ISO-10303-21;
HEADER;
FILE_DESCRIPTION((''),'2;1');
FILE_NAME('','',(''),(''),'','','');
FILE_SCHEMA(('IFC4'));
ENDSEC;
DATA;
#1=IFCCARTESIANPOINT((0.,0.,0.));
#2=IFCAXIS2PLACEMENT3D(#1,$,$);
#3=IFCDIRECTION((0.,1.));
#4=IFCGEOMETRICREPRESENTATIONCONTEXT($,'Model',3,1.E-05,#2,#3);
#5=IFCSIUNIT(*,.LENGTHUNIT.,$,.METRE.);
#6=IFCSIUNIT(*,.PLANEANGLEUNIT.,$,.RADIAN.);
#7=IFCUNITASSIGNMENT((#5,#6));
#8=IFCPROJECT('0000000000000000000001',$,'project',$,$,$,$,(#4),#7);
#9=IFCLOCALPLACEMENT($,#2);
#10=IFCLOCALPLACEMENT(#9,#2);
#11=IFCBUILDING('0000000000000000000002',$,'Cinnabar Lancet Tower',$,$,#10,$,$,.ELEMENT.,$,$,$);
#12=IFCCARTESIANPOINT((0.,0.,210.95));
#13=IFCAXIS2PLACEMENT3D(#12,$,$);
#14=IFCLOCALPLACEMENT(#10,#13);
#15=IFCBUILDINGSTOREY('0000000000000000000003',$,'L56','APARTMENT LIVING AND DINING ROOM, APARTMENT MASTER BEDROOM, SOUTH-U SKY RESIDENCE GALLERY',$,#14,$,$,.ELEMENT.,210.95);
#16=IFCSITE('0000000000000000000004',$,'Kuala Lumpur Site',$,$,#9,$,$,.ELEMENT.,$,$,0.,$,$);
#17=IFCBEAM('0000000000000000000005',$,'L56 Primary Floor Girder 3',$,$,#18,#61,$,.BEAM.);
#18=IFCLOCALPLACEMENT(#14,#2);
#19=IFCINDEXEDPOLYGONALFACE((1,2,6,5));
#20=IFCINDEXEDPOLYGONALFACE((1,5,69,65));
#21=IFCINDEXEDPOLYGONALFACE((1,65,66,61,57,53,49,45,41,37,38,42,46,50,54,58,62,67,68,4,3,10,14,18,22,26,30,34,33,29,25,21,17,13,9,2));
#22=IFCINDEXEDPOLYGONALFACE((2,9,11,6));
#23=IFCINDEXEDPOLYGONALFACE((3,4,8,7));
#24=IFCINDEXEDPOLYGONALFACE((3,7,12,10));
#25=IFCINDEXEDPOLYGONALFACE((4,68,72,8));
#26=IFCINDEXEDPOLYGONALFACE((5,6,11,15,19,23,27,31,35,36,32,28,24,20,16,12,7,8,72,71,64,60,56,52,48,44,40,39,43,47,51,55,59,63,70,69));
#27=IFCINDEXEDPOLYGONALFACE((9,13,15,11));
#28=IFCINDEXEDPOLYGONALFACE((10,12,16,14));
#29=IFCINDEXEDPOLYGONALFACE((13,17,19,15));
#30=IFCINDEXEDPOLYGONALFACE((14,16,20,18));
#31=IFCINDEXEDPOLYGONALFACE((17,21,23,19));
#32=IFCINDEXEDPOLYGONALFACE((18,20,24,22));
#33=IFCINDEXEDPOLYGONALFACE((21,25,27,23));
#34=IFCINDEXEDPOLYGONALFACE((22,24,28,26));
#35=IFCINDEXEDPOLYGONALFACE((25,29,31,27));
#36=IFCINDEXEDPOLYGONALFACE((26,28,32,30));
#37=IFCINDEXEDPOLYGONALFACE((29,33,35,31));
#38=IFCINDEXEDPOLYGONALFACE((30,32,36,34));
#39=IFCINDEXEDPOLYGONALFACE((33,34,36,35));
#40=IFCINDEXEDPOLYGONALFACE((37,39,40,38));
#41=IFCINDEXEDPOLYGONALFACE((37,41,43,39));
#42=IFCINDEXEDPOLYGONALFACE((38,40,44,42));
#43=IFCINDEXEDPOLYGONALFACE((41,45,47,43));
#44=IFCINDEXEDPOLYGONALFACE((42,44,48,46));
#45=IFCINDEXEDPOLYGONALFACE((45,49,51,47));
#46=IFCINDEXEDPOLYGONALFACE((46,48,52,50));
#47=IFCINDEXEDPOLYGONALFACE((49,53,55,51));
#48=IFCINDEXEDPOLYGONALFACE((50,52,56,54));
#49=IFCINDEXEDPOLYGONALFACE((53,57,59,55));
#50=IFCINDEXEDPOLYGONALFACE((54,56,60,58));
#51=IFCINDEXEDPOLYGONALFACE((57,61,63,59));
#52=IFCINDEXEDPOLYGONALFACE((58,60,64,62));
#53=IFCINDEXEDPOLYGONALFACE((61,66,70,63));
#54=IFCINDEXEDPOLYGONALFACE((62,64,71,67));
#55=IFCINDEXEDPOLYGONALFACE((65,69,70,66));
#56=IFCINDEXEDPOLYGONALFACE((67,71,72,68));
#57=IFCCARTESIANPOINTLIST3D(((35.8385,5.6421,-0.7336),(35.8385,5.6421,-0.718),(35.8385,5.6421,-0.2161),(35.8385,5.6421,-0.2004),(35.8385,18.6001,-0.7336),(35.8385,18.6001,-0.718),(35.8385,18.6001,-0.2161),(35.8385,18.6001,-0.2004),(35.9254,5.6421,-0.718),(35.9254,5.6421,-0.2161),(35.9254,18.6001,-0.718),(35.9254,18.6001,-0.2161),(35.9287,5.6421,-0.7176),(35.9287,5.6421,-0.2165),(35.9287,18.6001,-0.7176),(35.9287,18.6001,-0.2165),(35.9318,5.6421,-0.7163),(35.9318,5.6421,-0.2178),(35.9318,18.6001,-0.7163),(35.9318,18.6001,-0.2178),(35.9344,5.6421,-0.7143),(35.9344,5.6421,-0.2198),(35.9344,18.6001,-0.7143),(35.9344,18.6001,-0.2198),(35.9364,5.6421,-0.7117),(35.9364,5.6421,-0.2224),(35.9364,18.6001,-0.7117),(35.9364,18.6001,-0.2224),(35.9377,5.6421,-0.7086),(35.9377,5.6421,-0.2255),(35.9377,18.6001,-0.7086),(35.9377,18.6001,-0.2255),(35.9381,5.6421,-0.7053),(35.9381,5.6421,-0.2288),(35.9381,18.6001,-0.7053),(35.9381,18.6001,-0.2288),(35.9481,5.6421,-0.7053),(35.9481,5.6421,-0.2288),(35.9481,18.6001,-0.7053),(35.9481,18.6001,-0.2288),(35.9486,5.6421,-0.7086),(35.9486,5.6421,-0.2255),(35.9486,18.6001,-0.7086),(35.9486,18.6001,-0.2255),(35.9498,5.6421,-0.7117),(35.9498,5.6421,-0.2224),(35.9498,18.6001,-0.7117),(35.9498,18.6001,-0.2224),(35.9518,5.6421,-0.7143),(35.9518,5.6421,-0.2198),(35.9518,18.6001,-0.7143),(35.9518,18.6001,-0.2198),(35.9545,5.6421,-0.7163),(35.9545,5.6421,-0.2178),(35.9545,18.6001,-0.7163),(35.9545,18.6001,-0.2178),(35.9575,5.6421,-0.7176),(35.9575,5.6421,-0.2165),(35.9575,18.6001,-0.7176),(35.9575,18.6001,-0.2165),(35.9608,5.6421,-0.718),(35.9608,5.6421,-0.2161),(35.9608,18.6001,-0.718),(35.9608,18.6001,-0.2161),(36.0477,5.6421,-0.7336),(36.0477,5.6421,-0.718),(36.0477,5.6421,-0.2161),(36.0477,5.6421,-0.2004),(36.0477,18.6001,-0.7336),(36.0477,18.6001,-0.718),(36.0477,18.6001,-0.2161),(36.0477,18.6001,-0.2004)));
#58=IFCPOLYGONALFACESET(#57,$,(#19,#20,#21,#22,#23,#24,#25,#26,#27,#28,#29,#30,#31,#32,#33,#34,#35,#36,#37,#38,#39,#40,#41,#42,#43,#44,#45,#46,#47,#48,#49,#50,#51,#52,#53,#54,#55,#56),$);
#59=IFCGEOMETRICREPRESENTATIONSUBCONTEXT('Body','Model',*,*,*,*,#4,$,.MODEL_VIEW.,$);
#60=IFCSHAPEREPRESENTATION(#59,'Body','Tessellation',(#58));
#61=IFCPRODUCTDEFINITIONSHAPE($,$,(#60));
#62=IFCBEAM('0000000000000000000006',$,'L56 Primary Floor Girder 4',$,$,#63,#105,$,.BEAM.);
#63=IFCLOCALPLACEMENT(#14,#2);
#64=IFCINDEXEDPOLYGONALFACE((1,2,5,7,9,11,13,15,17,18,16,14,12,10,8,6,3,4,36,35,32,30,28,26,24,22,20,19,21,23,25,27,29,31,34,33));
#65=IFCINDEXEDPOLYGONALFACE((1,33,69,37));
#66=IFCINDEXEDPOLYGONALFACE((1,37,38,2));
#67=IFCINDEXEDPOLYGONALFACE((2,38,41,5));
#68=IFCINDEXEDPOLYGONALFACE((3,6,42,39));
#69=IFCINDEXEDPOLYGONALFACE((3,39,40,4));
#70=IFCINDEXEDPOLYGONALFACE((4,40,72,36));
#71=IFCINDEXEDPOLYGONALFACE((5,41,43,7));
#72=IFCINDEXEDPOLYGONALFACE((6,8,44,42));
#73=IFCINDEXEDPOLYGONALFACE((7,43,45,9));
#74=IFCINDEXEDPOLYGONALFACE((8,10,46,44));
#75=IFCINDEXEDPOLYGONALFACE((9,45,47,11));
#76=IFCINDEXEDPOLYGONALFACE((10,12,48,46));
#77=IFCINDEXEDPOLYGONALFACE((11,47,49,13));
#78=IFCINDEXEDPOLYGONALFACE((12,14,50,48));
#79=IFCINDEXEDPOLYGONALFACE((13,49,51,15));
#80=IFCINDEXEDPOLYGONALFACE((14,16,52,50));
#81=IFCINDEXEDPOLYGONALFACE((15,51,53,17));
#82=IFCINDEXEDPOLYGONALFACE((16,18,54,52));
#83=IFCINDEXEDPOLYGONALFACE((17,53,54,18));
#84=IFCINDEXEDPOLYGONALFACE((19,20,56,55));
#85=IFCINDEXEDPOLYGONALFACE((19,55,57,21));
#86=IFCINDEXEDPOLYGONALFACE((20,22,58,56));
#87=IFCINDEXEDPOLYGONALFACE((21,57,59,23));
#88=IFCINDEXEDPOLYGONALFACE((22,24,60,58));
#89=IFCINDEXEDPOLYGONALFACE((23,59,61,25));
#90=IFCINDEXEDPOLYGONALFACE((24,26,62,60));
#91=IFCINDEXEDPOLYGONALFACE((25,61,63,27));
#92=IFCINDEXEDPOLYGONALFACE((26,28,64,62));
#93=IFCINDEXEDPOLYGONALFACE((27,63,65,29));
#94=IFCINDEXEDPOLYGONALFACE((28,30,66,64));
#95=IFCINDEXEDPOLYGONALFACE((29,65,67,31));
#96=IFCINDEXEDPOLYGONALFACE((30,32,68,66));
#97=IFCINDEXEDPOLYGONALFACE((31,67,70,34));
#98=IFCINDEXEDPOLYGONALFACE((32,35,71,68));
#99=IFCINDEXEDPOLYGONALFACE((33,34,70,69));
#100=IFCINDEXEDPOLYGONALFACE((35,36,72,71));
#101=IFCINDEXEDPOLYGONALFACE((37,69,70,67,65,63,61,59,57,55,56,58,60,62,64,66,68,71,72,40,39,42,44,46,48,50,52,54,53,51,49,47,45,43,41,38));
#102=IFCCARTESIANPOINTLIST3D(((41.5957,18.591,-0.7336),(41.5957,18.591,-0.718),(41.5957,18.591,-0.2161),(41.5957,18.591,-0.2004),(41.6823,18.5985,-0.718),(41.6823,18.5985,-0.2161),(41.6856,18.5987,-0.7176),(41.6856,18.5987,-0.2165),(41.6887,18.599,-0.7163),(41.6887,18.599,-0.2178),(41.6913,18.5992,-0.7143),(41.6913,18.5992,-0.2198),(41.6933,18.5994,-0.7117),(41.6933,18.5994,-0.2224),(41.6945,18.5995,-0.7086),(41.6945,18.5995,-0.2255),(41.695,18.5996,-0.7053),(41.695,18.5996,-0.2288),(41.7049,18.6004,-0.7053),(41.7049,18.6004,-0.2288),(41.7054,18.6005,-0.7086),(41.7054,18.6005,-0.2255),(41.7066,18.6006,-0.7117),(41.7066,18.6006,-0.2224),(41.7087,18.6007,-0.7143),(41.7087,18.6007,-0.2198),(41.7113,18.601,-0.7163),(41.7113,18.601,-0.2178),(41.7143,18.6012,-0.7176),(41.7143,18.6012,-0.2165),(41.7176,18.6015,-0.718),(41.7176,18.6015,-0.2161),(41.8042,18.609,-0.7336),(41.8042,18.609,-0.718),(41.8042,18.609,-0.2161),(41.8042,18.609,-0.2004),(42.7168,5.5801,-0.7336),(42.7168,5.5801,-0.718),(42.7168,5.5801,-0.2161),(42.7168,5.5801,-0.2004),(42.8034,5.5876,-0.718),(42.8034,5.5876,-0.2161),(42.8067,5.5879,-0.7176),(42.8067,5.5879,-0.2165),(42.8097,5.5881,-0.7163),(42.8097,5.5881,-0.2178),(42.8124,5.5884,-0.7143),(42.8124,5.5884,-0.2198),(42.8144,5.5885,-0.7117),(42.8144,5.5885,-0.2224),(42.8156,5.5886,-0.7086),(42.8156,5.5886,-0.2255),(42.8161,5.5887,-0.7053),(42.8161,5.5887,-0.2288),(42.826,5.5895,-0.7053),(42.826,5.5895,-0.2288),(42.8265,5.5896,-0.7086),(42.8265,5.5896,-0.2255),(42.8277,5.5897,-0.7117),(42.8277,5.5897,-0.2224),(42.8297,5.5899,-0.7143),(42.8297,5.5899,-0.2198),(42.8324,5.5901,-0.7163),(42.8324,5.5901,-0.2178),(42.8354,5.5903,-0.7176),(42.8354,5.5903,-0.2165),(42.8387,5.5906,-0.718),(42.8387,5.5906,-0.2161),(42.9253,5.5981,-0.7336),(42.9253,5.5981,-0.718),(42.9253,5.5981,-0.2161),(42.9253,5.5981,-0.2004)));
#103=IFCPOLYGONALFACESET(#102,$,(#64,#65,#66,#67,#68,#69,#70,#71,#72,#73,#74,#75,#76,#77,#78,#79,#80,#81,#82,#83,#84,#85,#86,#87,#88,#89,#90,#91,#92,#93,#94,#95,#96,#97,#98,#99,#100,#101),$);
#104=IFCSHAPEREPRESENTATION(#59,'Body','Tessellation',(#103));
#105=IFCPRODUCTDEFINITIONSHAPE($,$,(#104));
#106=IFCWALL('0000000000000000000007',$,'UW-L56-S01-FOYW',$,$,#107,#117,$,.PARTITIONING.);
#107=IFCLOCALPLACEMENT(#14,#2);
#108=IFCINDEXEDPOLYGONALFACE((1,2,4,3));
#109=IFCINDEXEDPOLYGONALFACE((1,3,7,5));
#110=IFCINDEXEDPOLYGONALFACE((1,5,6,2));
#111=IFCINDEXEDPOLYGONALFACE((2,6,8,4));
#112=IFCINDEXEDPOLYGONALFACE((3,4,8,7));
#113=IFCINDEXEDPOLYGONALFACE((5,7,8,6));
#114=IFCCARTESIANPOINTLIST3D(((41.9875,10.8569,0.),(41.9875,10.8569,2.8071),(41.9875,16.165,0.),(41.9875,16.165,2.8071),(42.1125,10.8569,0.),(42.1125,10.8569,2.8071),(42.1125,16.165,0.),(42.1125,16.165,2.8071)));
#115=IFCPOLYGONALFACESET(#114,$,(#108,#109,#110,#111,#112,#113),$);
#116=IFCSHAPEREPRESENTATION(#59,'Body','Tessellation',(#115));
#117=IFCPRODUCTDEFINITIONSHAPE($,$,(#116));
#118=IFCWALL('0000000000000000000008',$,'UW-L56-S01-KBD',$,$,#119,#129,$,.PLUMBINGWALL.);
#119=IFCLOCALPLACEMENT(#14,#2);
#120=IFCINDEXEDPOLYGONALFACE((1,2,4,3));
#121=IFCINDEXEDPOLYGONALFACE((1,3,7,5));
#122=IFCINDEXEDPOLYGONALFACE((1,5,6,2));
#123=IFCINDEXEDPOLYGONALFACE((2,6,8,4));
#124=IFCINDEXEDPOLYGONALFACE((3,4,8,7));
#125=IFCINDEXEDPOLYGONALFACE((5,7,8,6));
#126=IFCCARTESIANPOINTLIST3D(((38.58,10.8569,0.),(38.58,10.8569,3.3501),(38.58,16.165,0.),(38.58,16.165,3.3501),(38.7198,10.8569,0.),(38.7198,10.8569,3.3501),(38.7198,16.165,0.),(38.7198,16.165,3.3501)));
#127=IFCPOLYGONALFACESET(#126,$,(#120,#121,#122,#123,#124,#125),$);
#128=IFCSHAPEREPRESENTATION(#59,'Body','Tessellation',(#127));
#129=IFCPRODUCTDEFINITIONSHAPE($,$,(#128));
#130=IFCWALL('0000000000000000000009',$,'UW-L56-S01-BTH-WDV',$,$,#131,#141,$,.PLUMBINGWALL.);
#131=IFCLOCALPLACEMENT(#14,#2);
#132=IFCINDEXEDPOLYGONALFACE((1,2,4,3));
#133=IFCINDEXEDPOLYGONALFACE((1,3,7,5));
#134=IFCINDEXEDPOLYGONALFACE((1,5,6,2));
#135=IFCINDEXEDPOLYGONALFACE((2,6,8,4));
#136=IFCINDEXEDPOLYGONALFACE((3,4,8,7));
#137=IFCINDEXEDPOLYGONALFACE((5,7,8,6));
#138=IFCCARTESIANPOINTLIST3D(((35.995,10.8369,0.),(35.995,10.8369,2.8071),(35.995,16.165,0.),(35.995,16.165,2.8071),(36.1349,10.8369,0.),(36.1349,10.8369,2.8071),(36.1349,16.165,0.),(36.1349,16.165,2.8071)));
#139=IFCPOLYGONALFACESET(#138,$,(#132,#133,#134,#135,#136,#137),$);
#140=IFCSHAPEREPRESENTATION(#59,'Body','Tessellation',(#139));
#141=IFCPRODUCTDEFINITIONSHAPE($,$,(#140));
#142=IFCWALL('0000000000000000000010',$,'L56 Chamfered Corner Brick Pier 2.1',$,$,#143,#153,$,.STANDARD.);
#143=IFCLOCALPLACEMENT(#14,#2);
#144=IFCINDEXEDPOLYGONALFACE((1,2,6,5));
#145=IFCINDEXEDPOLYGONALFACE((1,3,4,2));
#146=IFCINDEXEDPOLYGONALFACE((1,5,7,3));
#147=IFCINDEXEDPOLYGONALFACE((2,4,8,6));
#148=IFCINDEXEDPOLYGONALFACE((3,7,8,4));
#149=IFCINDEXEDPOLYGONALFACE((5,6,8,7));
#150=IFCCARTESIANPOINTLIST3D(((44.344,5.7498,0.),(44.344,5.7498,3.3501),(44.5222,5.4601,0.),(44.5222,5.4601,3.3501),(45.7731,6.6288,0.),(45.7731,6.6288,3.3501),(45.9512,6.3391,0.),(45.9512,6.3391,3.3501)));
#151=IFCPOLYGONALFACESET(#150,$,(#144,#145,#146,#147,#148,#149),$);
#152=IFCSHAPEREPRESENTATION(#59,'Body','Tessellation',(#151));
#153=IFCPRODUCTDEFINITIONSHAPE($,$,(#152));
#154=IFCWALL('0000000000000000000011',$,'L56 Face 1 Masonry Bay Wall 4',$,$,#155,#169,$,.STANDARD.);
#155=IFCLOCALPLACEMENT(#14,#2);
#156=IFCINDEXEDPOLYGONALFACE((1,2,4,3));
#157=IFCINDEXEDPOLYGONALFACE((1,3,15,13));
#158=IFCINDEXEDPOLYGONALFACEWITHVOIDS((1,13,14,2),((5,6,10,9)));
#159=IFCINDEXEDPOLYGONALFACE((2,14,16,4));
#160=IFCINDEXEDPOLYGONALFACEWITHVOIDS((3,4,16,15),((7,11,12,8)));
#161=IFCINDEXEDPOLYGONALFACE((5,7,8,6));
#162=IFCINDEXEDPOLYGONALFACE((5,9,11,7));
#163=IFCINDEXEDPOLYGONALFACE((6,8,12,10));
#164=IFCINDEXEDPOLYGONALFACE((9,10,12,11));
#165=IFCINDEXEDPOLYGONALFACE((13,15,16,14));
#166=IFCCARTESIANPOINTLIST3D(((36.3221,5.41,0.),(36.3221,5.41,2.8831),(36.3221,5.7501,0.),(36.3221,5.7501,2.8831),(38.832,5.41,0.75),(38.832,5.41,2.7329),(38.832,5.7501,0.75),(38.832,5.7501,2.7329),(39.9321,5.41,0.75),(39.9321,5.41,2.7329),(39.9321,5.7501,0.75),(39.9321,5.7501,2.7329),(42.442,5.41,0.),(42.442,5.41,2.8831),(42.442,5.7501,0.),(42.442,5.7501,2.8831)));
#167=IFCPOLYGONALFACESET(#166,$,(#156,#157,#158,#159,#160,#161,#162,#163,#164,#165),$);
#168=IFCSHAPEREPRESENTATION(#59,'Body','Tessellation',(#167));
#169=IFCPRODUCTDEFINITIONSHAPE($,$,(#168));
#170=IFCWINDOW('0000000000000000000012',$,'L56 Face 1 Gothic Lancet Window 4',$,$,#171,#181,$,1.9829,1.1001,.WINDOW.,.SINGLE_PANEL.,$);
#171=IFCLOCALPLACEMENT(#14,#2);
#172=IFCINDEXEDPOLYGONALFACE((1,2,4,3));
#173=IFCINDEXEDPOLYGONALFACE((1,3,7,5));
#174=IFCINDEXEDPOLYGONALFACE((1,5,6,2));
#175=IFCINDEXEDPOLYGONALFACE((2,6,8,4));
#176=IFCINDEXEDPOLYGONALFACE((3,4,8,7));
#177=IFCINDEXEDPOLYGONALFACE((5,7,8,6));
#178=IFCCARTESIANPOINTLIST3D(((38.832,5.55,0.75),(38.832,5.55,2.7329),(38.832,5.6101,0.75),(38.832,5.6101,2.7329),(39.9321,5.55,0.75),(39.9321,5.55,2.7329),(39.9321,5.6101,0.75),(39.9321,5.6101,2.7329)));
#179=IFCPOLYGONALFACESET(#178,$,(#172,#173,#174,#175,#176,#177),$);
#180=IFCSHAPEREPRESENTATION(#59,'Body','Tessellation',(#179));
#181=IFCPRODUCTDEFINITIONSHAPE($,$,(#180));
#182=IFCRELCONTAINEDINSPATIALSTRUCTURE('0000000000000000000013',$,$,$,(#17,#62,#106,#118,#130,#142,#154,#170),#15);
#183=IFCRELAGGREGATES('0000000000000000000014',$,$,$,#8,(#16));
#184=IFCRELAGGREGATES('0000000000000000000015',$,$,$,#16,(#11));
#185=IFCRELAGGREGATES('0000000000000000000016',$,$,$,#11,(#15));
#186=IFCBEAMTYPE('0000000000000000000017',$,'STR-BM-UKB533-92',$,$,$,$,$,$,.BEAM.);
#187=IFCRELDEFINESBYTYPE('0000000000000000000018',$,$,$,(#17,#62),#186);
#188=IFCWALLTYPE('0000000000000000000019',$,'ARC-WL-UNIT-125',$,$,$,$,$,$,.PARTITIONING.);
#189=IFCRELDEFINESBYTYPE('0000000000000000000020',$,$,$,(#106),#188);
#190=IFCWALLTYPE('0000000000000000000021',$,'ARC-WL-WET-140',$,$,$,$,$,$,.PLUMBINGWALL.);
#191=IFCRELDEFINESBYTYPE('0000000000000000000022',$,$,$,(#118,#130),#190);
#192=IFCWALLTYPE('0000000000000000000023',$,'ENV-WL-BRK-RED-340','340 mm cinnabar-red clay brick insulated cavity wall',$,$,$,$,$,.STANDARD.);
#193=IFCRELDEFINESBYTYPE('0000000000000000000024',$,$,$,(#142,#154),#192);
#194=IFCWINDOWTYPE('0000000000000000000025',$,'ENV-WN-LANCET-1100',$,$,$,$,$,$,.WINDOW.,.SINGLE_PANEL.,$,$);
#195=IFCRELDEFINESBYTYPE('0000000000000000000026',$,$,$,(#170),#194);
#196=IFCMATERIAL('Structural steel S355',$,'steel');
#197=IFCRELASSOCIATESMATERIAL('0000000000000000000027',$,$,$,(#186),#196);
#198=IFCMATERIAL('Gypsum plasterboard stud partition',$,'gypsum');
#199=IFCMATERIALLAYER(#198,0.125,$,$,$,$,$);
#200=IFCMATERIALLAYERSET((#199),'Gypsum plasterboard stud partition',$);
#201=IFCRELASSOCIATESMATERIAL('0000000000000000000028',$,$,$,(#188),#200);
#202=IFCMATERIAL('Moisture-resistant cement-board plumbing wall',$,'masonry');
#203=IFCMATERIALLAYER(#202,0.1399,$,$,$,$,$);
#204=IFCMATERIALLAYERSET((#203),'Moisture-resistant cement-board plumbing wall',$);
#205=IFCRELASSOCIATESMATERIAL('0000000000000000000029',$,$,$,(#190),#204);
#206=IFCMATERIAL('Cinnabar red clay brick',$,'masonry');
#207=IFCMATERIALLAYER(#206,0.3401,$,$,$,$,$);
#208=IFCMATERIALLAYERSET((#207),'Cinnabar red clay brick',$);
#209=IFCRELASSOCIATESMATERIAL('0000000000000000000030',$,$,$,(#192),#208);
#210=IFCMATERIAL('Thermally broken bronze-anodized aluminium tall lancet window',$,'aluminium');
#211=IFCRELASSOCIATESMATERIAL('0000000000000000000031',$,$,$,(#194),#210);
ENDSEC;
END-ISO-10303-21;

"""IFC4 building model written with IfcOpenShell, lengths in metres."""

from ifc_helpers import new_model, si_unit, direction, frame, frame_2d, origin, origin_2d, place, context, subcontext, project, spatial, rectangle, i_section, extrude, material, layer, layer_set, material_profile, profile_set, type_object, element, fill, save


model = new_model("IFC4")

# Units and contexts
model_context = context("Model", 3, precision=1e-05, world=origin(), true_north=direction((0.0, 1.0)))
body_context = subcontext(model_context, "Body", "Model", "MODEL_VIEW")
ifc_project = project(units=[si_unit("LENGTHUNIT", "METRE"), si_unit("PLANEANGLEUNIT", "RADIAN")], contexts=[model_context])

# Site, building, storey
site_placement = place(None, origin())
site = spatial("IfcSite", under=ifc_project, at=site_placement, Name="Kuala Lumpur Site", CompositionType="ELEMENT", RefElevation=0.0)
building_placement = place(site_placement, origin())
building = spatial("IfcBuilding", under=site, at=building_placement, Name="Cinnabar Lancet Tower", CompositionType="ELEMENT")
storey_placement = place(building_placement, frame((0.0, 0.0, 210.95)))
storey = spatial("IfcBuildingStorey", under=building, at=storey_placement, Name="L56", Description="APARTMENT LIVING AND DINING ROOM, APARTMENT MASTER BEDROOM, SOUTH-U SKY RESIDENCE GALLERY", CompositionType="ELEMENT", Elevation=210.95)

# Beams
ifc_material_1 = material(Name="Structural steel S355", Category="steel")
ifc_material_profile_1 = material_profile(ifc_material_1, i_section(OverallWidth=0.2092, OverallDepth=0.5332, WebThickness=0.01, FlangeThickness=0.0156, FilletRadius=0.0127, at=origin_2d()), Name="UKB 533x210x92")
ifc_profile_set_1 = profile_set([ifc_material_profile_1], Name="Structural steel S355")
beam_type_1 = type_object("IfcBeamType", Name="STR-BM-UKB533-92", PredefinedType="BEAM", material=ifc_profile_set_1)
beam_1_placement = place(storey_placement, frame((35.9431, 5.6421, -0.467), z_axis=(0.0, 1.0, 0.0), x_axis=(-1.0, 0.0, 0.0)))
element("IfcBeam", 1, at=beam_1_placement, inside=storey, type_object=beam_type_1, Name="L56 Primary Floor Girder 3", PredefinedType="BEAM", context=body_context, shape_type="SweptSolid", body=[
    extrude(i_section(OverallWidth=0.2092, OverallDepth=0.5332, WebThickness=0.01, FlangeThickness=0.0156, FilletRadius=0.0127, at=origin_2d()), origin(), (0.0, 0.0, 1.0), 12.958),
])
beam_2_placement = place(storey_placement, frame((42.821, 5.5891, -0.467), z_axis=(-0.085847, 0.996308, 0.0), x_axis=(-0.996308, -0.085847, 0.0)))
element("IfcBeam", 2, at=beam_2_placement, inside=storey, type_object=beam_type_1, Name="L56 Primary Floor Girder 4", PredefinedType="BEAM", context=body_context, shape_type="SweptSolid", body=[
    extrude(i_section(OverallWidth=0.2092, OverallDepth=0.5332, WebThickness=0.01, FlangeThickness=0.0156, FilletRadius=0.0127, at=origin_2d()), origin(), (0.0, 0.0, 1.0), 13.0591),
])

# Walls
ifc_material_2 = material(Name="Gypsum plasterboard stud partition", Category="gypsum")
ifc_layer_1 = layer(ifc_material_2, 0.125)
ifc_layer_set_1 = layer_set([ifc_layer_1], Name="Gypsum plasterboard stud partition")
wall_type_1 = type_object("IfcWallType", Name="ARC-WL-UNIT-125", PredefinedType="PARTITIONING", material=ifc_layer_set_1)
wall_1_placement = place(storey_placement, frame((42.05, 10.8569, 0.0), z_axis=(0.0, 0.0, 1.0), x_axis=(0.0, 1.0, 0.0)))
element("IfcWall", 3, at=wall_1_placement, inside=storey, type_object=wall_type_1, Name="UW-L56-S01-FOYW", PredefinedType="PARTITIONING", context=body_context, shape_type="SweptSolid", body=[
    extrude(rectangle(XDim=5.3081, YDim=0.125, at=frame_2d((2.6541, 0.0))), origin(), (0.0, 0.0, 1.0), 2.8071),
])
ifc_material_3 = material(Name="Moisture-resistant cement-board plumbing wall", Category="masonry")
ifc_layer_2 = layer(ifc_material_3, 0.1399)
ifc_layer_set_2 = layer_set([ifc_layer_2], Name="Moisture-resistant cement-board plumbing wall")
wall_type_2 = type_object("IfcWallType", Name="ARC-WL-WET-140", PredefinedType="PLUMBINGWALL", material=ifc_layer_set_2)
wall_2_placement = place(storey_placement, frame((38.6499, 10.8569, 0.0), z_axis=(0.0, 0.0, 1.0), x_axis=(0.0, 1.0, 0.0)))
element("IfcWall", 4, at=wall_2_placement, inside=storey, type_object=wall_type_2, Name="UW-L56-S01-KBD", PredefinedType="PLUMBINGWALL", context=body_context, shape_type="SweptSolid", body=[
    extrude(rectangle(XDim=5.3081, YDim=0.1399, at=frame_2d((2.6541, 0.0))), origin(), (0.0, 0.0, 1.0), 3.3501),
])
wall_3_placement = place(storey_placement, frame((36.0649, 10.8369, 0.0), z_axis=(0.0, 0.0, 1.0), x_axis=(0.0, 1.0, 0.0)))
element("IfcWall", 5, at=wall_3_placement, inside=storey, type_object=wall_type_2, Name="UW-L56-S01-BTH-WDV", PredefinedType="PLUMBINGWALL", context=body_context, shape_type="SweptSolid", body=[
    extrude(rectangle(XDim=5.3281, YDim=0.1399, at=frame_2d((2.6641, 0.0))), origin(), (0.0, 0.0, 1.0), 2.8071),
])
ifc_material_4 = material(Name="Cinnabar red clay brick", Category="masonry")
ifc_layer_3 = layer(ifc_material_4, 0.3401)
ifc_layer_set_3 = layer_set([ifc_layer_3], Name="Cinnabar red clay brick")
wall_type_3 = type_object("IfcWallType", Name="ENV-WL-BRK-RED-340", Description="340 mm cinnabar-red clay brick insulated cavity wall", PredefinedType="STANDARD", material=ifc_layer_set_3)
wall_4_placement = place(storey_placement, frame((44.4331, 5.605, 0.0), z_axis=(0.0, 0.0, 1.0), x_axis=(0.851778, 0.523903, 0.0)))
element("IfcWall", 6, at=wall_4_placement, inside=storey, type_object=wall_type_3, Name="L56 Chamfered Corner Brick Pier 2.1", PredefinedType="STANDARD", context=body_context, shape_type="SweptSolid", body=[
    extrude(rectangle(XDim=1.6777, YDim=0.3401, at=frame_2d((0.8389, 0.0))), origin(), (0.0, 0.0, 1.0), 3.3501),
])

# Wall, opening, window
wall_5_placement = place(storey_placement, frame((36.322, 5.5801, 0.0), z_axis=(0.0, 0.0, 1.0), x_axis=(1.0, 0.0, 0.0)))
wall_5 = element("IfcWall", 7, at=wall_5_placement, inside=storey, type_object=wall_type_3, Name="L56 Face 1 Masonry Bay Wall 4", PredefinedType="STANDARD", context=body_context, shape_type="SweptSolid", body=[
    extrude(rectangle(XDim=6.1199, YDim=0.3401, at=frame_2d((3.0601, 0.0))), origin(), (0.0, 0.0, 1.0), 2.8831),
])
opening_placement = place(wall_5_placement, frame((2.51, 0.0, 0.75)))
opening = element("IfcOpeningElement", 8, at=opening_placement, cuts=wall_5, PredefinedType="OPENING", context=body_context, shape_type="SweptSolid", body=[
    extrude(rectangle(XDim=1.1001, YDim=1.9829, at=frame_2d((0.55, 0.9915))), frame((0.0, 0.1799, 0.0), z_axis=(0.0, -1.0, 0.0), x_axis=(1.0, 0.0, 0.0)), (0.0, 0.0, 1.0), 0.3601),
])
ifc_material_5 = material(Name="Thermally broken bronze-anodized aluminium tall lancet window", Category="aluminium")
window_type = type_object("IfcWindowType", Name="ENV-WN-LANCET-1100", PartitioningType="SINGLE_PANEL", PredefinedType="WINDOW", material=ifc_material_5)
window_placement = place(opening_placement, origin())
window = element("IfcWindow", 9, at=window_placement, inside=storey, type_object=window_type, Name="L56 Face 1 Gothic Lancet Window 4", OverallHeight=1.9829, OverallWidth=1.1001, PartitioningType="SINGLE_PANEL", PredefinedType="WINDOW", context=body_context, shape_type="SweptSolid", body=[
    extrude(rectangle(XDim=1.1001, YDim=1.9829, at=frame_2d((0.55, 0.9915))), frame((0.0, 0.03, 0.0), z_axis=(0.0, -1.0, 0.0), x_axis=(1.0, 0.0, 0.0)), (0.0, 0.0, 1.0), 0.0601),
])
fill(opening, window)

save(model, "model.ifc")
